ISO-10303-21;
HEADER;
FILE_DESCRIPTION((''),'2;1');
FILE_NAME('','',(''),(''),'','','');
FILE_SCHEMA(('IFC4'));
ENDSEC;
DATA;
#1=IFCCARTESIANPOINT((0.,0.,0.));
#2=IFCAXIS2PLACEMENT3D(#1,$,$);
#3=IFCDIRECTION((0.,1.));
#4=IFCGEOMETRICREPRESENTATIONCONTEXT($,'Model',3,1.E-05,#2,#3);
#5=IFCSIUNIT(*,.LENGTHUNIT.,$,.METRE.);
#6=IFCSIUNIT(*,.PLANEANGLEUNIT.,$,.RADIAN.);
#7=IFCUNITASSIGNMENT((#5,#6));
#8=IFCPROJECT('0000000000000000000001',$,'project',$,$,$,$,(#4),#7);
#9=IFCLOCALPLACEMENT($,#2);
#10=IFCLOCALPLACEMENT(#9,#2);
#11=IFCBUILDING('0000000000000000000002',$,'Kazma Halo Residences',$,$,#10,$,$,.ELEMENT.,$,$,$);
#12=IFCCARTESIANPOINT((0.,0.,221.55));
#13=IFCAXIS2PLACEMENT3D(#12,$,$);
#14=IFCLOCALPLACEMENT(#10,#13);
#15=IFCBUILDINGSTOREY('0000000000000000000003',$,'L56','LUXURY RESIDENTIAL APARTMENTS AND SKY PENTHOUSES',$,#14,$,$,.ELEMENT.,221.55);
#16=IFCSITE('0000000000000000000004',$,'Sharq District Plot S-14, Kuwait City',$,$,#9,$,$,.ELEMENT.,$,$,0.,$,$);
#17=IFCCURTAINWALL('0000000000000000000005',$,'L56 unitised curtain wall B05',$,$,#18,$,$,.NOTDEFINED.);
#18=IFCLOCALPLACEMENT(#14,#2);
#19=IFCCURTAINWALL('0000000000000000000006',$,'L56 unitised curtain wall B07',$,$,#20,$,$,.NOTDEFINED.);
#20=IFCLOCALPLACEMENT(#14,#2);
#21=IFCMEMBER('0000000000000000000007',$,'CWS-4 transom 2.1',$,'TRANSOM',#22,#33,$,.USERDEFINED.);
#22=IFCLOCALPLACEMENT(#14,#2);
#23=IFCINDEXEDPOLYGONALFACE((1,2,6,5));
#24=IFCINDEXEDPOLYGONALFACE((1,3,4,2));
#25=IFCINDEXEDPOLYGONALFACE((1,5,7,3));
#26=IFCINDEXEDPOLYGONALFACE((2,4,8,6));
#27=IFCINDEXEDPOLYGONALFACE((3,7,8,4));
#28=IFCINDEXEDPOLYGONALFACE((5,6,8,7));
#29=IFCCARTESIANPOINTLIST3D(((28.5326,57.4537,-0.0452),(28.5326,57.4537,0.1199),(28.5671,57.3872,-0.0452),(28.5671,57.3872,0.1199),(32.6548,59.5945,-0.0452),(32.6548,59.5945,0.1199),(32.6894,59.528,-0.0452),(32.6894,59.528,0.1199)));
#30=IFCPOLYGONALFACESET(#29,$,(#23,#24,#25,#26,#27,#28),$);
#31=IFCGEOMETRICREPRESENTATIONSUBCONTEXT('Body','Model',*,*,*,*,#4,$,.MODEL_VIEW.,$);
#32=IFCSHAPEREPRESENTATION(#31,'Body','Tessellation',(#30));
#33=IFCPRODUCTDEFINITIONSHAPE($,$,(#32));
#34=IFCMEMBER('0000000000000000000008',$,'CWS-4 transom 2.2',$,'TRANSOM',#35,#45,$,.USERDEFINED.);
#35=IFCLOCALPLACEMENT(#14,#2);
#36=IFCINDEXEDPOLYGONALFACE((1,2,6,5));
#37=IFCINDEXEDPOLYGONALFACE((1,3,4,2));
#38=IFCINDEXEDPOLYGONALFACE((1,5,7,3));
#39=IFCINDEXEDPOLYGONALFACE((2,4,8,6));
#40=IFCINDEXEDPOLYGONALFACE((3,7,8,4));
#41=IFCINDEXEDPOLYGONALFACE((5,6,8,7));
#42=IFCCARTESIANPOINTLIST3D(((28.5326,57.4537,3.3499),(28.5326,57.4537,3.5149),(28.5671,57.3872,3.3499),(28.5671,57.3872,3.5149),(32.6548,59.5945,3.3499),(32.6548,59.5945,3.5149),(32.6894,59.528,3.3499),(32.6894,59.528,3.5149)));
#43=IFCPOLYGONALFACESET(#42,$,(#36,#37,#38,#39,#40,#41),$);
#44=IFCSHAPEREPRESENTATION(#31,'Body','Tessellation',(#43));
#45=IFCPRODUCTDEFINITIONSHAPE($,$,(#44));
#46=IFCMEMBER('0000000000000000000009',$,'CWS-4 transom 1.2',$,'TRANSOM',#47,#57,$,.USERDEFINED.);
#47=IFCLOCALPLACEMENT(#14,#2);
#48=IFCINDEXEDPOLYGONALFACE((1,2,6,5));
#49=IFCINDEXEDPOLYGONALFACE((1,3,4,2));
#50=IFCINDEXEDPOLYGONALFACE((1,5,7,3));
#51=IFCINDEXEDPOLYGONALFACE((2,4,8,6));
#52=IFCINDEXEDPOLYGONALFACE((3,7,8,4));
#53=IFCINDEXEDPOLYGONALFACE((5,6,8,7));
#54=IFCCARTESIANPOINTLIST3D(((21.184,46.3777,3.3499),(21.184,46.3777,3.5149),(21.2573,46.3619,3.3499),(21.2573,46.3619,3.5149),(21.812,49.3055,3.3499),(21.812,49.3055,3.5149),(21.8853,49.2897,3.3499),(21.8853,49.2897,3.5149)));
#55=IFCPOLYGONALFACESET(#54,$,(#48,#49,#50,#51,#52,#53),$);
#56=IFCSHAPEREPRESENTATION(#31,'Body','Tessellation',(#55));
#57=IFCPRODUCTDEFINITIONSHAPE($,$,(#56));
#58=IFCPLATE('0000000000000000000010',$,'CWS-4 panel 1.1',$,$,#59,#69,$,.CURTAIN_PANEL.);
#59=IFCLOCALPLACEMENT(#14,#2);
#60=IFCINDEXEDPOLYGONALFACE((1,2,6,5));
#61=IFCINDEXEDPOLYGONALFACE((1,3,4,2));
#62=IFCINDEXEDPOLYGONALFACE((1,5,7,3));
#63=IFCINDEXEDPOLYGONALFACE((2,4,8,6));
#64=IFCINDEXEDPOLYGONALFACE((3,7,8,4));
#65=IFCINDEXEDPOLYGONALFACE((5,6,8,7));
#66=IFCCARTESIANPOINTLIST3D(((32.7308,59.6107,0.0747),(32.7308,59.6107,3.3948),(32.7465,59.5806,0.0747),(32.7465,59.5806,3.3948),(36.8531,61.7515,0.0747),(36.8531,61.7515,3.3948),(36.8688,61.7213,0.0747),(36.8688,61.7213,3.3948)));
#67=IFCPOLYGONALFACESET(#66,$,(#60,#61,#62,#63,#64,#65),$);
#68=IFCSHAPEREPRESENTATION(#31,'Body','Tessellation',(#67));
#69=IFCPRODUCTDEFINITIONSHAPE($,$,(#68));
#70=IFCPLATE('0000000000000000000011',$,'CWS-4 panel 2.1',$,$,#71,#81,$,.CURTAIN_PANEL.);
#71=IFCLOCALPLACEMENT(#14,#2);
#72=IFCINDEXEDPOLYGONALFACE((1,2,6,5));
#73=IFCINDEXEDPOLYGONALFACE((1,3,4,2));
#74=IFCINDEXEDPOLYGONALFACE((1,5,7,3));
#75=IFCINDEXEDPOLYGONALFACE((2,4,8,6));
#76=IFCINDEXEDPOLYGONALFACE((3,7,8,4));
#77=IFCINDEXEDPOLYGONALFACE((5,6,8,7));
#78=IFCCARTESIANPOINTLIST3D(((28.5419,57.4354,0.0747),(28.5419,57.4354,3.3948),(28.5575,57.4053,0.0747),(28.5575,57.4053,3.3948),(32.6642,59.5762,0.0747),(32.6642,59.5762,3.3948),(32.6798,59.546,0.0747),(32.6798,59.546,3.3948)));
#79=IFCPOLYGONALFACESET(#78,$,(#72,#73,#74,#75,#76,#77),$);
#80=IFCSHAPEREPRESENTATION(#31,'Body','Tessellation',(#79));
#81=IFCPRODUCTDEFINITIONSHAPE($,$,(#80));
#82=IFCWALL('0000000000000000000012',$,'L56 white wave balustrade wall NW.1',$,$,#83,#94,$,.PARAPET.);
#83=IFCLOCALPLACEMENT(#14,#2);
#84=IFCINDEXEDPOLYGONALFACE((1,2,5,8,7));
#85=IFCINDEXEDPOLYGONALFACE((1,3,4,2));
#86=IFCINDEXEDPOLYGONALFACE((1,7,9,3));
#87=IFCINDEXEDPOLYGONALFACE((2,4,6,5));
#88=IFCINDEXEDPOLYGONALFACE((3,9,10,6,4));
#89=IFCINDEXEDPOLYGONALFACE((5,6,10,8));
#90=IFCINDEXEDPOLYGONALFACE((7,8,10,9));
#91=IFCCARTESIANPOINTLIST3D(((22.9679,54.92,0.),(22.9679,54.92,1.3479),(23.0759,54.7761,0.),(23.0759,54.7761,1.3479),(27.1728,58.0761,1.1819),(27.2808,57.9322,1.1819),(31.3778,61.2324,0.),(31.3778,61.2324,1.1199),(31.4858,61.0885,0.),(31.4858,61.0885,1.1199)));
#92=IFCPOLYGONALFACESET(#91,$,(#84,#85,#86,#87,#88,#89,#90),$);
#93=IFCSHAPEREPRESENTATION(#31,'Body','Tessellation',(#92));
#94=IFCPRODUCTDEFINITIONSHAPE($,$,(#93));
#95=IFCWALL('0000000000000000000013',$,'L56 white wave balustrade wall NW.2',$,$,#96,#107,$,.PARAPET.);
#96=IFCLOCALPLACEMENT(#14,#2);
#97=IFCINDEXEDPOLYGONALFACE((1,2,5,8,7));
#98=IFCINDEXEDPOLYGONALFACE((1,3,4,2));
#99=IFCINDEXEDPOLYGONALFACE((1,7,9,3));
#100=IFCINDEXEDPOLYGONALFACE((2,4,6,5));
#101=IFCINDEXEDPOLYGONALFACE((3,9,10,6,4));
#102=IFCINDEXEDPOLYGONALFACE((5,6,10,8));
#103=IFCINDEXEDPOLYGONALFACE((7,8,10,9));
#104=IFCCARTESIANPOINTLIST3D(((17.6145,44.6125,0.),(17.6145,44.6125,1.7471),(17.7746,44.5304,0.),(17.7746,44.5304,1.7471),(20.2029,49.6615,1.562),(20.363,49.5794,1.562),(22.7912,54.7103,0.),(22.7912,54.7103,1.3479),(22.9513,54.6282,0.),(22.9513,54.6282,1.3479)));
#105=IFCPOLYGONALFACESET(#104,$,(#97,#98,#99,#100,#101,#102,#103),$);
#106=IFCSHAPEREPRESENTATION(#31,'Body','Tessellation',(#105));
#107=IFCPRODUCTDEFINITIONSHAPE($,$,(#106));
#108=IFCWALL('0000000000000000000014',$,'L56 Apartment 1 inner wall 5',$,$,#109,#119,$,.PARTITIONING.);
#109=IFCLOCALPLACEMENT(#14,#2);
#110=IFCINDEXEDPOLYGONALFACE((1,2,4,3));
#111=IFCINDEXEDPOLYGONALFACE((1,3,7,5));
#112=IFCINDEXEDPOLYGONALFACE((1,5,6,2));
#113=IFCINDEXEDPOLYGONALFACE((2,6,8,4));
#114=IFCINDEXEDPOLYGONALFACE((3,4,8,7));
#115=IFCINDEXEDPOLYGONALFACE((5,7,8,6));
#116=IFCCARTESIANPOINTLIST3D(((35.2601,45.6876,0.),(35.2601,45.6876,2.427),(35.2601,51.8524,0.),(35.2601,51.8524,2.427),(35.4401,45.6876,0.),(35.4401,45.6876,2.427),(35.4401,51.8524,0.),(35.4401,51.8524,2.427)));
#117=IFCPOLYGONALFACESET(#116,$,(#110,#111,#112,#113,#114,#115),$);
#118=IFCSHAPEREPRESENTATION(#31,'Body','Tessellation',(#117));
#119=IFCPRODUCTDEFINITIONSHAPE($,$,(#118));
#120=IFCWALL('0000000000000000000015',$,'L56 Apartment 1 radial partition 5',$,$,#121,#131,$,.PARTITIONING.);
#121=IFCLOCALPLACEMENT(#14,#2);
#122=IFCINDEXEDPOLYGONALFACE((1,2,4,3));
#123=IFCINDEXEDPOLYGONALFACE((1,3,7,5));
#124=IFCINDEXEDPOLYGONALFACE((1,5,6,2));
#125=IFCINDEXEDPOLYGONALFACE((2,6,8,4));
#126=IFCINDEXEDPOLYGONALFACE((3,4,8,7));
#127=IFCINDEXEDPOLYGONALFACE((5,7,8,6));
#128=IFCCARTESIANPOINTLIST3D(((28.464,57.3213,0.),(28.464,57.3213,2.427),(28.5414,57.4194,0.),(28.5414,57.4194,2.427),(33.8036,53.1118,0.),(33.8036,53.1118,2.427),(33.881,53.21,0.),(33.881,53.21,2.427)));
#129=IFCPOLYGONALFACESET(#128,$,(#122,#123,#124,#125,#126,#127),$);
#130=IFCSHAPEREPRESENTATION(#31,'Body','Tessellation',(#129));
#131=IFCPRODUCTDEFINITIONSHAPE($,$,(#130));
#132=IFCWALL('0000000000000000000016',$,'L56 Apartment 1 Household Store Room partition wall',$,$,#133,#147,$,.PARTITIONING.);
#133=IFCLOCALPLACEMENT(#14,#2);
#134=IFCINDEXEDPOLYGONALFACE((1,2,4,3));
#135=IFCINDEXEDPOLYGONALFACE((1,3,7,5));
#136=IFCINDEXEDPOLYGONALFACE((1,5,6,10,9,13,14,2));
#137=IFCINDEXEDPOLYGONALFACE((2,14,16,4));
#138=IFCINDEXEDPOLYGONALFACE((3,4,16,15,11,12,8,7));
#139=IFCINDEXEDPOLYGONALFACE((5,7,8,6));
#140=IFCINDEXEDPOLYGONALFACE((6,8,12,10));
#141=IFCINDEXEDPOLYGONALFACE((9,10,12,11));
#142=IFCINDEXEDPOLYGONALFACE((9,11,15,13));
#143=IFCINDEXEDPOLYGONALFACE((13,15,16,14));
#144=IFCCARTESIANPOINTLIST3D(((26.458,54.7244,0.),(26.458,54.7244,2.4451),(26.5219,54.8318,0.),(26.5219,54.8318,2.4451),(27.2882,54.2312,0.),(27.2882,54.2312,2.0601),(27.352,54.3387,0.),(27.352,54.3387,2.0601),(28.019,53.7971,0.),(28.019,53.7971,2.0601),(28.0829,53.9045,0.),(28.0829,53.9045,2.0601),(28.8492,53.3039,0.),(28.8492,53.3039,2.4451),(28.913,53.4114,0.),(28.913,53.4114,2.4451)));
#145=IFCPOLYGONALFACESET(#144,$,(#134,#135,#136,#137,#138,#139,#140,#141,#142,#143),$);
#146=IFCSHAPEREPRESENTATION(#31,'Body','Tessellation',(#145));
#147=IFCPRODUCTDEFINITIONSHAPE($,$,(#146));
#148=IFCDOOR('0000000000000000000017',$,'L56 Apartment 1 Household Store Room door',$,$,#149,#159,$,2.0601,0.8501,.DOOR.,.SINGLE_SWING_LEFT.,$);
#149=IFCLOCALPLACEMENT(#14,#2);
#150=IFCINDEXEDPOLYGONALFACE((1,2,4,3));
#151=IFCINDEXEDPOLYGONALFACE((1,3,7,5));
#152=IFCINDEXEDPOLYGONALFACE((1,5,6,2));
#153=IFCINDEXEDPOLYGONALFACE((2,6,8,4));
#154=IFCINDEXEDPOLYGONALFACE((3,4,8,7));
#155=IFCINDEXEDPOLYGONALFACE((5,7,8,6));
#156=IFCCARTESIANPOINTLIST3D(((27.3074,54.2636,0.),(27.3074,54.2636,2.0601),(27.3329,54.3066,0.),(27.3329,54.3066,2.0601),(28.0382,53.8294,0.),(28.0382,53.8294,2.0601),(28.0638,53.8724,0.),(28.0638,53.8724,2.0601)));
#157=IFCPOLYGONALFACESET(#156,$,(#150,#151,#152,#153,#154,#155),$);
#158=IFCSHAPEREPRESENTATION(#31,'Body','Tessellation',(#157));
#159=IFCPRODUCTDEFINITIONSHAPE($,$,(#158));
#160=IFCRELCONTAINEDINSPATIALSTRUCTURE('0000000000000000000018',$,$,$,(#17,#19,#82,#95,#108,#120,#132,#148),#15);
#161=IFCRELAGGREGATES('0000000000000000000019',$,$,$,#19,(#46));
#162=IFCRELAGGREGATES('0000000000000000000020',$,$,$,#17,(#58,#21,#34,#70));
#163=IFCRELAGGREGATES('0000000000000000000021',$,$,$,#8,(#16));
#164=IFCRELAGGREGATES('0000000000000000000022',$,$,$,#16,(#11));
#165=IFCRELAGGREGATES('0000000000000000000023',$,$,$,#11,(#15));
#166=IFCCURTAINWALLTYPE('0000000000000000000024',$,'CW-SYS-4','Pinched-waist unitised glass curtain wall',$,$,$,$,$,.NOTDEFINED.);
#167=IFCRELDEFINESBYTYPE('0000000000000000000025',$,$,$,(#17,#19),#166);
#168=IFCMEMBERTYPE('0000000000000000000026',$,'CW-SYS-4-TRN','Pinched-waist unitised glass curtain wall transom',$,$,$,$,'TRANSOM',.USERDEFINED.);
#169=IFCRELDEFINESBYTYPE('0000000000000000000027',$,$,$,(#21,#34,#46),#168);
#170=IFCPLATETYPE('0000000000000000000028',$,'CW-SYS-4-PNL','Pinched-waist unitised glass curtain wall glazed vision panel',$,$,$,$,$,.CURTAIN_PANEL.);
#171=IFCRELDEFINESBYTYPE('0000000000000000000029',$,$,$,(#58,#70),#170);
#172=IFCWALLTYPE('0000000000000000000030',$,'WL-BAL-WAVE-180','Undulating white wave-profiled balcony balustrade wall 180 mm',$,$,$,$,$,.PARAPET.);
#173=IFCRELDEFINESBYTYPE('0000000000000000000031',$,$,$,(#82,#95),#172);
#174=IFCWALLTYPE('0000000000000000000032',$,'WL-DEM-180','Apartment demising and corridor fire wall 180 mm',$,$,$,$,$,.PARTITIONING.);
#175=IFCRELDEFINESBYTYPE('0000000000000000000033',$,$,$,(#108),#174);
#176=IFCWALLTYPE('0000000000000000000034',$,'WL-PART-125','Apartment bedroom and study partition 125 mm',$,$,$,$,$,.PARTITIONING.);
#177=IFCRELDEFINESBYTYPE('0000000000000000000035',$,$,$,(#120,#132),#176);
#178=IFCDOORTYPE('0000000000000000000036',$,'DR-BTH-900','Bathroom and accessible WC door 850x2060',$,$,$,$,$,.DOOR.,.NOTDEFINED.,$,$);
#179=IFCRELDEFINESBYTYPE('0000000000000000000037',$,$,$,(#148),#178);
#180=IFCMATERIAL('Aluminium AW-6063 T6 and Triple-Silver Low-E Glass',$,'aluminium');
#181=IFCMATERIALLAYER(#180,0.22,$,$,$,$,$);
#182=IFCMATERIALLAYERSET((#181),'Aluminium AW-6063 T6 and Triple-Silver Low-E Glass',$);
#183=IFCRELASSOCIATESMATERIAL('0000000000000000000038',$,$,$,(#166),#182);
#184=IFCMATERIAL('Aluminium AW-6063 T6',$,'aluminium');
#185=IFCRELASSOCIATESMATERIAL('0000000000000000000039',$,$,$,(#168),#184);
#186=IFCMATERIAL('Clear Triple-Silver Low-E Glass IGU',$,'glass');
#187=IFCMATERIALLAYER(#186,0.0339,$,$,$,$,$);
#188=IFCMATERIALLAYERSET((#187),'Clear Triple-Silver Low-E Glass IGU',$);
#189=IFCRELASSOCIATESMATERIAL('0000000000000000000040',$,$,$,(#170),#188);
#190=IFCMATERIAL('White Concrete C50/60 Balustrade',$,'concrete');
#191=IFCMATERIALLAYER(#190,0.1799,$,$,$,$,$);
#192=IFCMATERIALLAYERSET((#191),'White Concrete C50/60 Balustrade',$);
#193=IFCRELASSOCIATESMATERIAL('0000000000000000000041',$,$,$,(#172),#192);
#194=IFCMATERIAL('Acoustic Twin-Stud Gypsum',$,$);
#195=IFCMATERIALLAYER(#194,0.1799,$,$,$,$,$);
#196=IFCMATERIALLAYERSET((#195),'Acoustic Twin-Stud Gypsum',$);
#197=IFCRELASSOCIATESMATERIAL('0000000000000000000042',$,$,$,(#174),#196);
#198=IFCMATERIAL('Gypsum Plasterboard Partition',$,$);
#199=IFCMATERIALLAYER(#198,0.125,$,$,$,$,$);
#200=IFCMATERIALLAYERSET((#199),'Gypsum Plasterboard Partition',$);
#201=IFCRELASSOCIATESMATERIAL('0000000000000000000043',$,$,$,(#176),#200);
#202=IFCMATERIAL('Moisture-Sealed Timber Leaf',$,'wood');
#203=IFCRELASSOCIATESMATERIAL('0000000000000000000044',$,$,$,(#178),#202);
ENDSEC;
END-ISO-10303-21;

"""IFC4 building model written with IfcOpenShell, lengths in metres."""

from ifc_helpers import new_model, si_unit, direction, frame, frame_2d, origin, origin_2d, place, context, subcontext, project, spatial, polyline, rectangle, outline, extrude, material, layer, layer_set, material_profile, profile_set, type_object, element, fill, aggregate, save


model = new_model("IFC4")

# Units and contexts
model_context = context("Model", 3, precision=1e-05, world=origin(), true_north=direction((0.0, 1.0)))
body_context = subcontext(model_context, "Body", "Model", "MODEL_VIEW")
ifc_project = project(units=[si_unit("LENGTHUNIT", "METRE"), si_unit("PLANEANGLEUNIT", "RADIAN")], contexts=[model_context])

# Site, building, storey
site_placement = place(None, origin())
site = spatial("IfcSite", under=ifc_project, at=site_placement, Name="Sharq District Plot S-14, Kuwait City", CompositionType="ELEMENT", RefElevation=0.0)
building_placement = place(site_placement, origin())
building = spatial("IfcBuilding", under=site, at=building_placement, Name="Kazma Halo Residences", CompositionType="ELEMENT")
storey_placement = place(building_placement, frame((0.0, 0.0, 221.55)))
storey = spatial("IfcBuildingStorey", under=building, at=storey_placement, Name="L56", Description="LUXURY RESIDENTIAL APARTMENTS AND SKY PENTHOUSES", CompositionType="ELEMENT", Elevation=221.55)

# Curtain wall
ifc_material_1 = material(Name="Aluminium AW-6063 T6 and Triple-Silver Low-E Glass", Category="aluminium")
ifc_layer_1 = layer(ifc_material_1, 0.22)
ifc_layer_set_1 = layer_set([ifc_layer_1], Name="Aluminium AW-6063 T6 and Triple-Silver Low-E Glass")
curtain_wall_type = type_object("IfcCurtainWallType", Name="CW-SYS-4", Description="Pinched-waist unitised glass curtain wall", PredefinedType="NOTDEFINED", material=ifc_layer_set_1)
curtain_wall_1_placement = place(storey_placement, origin())
curtain_wall_1 = element("IfcCurtainWall", 1, at=curtain_wall_1_placement, inside=storey, type_object=curtain_wall_type, Name="L56 unitised curtain wall B05", PredefinedType="NOTDEFINED")
ifc_material_2 = material(Name="Aluminium AW-6063 T6", Category="aluminium")

# Curtain wall
curtain_wall_2_placement = place(storey_placement, origin())
curtain_wall_2 = element("IfcCurtainWall", 2, at=curtain_wall_2_placement, inside=storey, type_object=curtain_wall_type, Name="L56 unitised curtain wall B07", PredefinedType="NOTDEFINED")

# Members
ifc_material_profile_1 = material_profile(ifc_material_2, rectangle(XDim=0.075, YDim=0.165, at=origin_2d()), Name="CWT-75x165")
ifc_profile_set_1 = profile_set([ifc_material_profile_1], Name="Aluminium AW-6063 T6")
member_type_1 = type_object("IfcMemberType", Name="CW-SYS-4-TRN", Description="Pinched-waist unitised glass curtain wall transom", ElementType="TRANSOM", PredefinedType="USERDEFINED", material=ifc_profile_set_1)
member_1_placement = place(storey_placement, frame((32.6721, 59.5613, 0.0374), z_axis=(-0.887458, -0.460889, 0.0), x_axis=(0.460889, -0.887458, 0.0)))
member_1 = element("IfcMember", 3, at=member_1_placement, type_object=member_type_1, Name="CWS-4 transom 2.1", ObjectType="TRANSOM", PredefinedType="USERDEFINED", context=body_context, shape_type="SweptSolid", body=[
    extrude(rectangle(XDim=0.075, YDim=0.165, at=origin_2d()), origin(), (0.0, 0.0, 1.0), 4.645),
])
member_2_placement = place(storey_placement, frame((32.6721, 59.5613, 3.4324), z_axis=(-0.887458, -0.460889, 0.0), x_axis=(0.460889, -0.887458, 0.0)))
member_2 = element("IfcMember", 4, at=member_2_placement, type_object=member_type_1, Name="CWS-4 transom 2.2", ObjectType="TRANSOM", PredefinedType="USERDEFINED", context=body_context, shape_type="SweptSolid", body=[
    extrude(rectangle(XDim=0.075, YDim=0.165, at=origin_2d()), origin(), (0.0, 0.0, 1.0), 4.645),
])
member_3_placement = place(storey_placement, frame((21.8486, 49.2976, 3.4324), z_axis=(-0.209707, -0.977764, 0.0), x_axis=(0.977764, -0.209707, 0.0)))
member_3 = element("IfcMember", 5, at=member_3_placement, type_object=member_type_1, Name="CWS-4 transom 1.2", ObjectType="TRANSOM", PredefinedType="USERDEFINED", context=body_context, shape_type="SweptSolid", body=[
    extrude(rectangle(XDim=0.075, YDim=0.165, at=origin_2d()), origin(), (0.0, 0.0, 1.0), 2.9944),
])
aggregate(curtain_wall_2, [member_3])

# Plates
ifc_material_3 = material(Name="Clear Triple-Silver Low-E Glass IGU", Category="glass")
ifc_layer_2 = layer(ifc_material_3, 0.0339)
ifc_layer_set_2 = layer_set([ifc_layer_2], Name="Clear Triple-Silver Low-E Glass IGU")
plate_type = type_object("IfcPlateType", Name="CW-SYS-4-PNL", Description="Pinched-waist unitised glass curtain wall glazed vision panel", PredefinedType="CURTAIN_PANEL", material=ifc_layer_set_2)
plate_1_placement = place(storey_placement, frame((34.7998, 60.666, 0.0747), z_axis=(0.0, 0.0, 1.0), x_axis=(-0.887466, -0.460874, 0.0)))
plate_1 = element("IfcPlate", 6, at=plate_1_placement, type_object=plate_type, Name="CWS-4 panel 1.1", PredefinedType="CURTAIN_PANEL", context=body_context, shape_type="SweptSolid", body=[
    extrude(rectangle(XDim=4.645, YDim=0.0339, at=origin_2d()), origin(), (0.0, 0.0, 1.0), 3.3201),
])
plate_2_placement = place(storey_placement, frame((30.6108, 58.4907, 0.0747), z_axis=(0.0, 0.0, 1.0), x_axis=(-0.887466, -0.460874, 0.0)))
plate_2 = element("IfcPlate", 7, at=plate_2_placement, type_object=plate_type, Name="CWS-4 panel 2.1", PredefinedType="CURTAIN_PANEL", context=body_context, shape_type="SweptSolid", body=[
    extrude(rectangle(XDim=4.645, YDim=0.0339, at=origin_2d()), origin(), (0.0, 0.0, 1.0), 3.3201),
])
aggregate(curtain_wall_1, [plate_1, member_1, member_2, plate_2])

# Walls
ifc_material_4 = material(Name="White Concrete C50/60 Balustrade", Category="concrete")
ifc_layer_3 = layer(ifc_material_4, 0.1799)
ifc_layer_set_3 = layer_set([ifc_layer_3], Name="White Concrete C50/60 Balustrade")
wall_type_1 = type_object("IfcWallType", Name="WL-BAL-WAVE-180", Description="Undulating white wave-profiled balcony balustrade wall 180 mm", PredefinedType="PARAPET", material=ifc_layer_set_3)
wall_1_placement = place(storey_placement, frame((31.4319, 61.1604, 0.0), z_axis=(0.0, 0.0, 1.0), x_axis=(-0.799769, -0.600308, 0.0)))
element("IfcWall", 8, at=wall_1_placement, inside=storey, type_object=wall_type_1, Name="L56 white wave balustrade wall NW.1", PredefinedType="PARAPET", context=body_context, shape_type="SweptSolid", body=[
    extrude(outline(polyline([(0.0, 0.0), (10.5154, 0.0), (10.5154, 1.3479), (5.2578, 1.1819), (0.0, 1.1199), (0.0, 0.0)])), frame((0.0, 0.0898, 0.0), z_axis=(0.0, -1.0, 0.0), x_axis=(1.0, 0.0, 0.0)), (0.0, 0.0, 1.0), 0.1799),
])
wall_2_placement = place(storey_placement, frame((22.8713, 54.6692, 0.0), z_axis=(0.0, 0.0, 1.0), x_axis=(-0.456201, -0.889877, 0.0)))
element("IfcWall", 9, at=wall_2_placement, inside=storey, type_object=wall_type_1, Name="L56 white wave balustrade wall NW.2", PredefinedType="PARAPET", context=body_context, shape_type="SweptSolid", body=[
    extrude(outline(polyline([(0.0, 0.0), (11.3474, 0.0), (11.3474, 1.7471), (5.6736, 1.562), (0.0, 1.3479), (0.0, 0.0)])), frame((0.0, 0.0898, 0.0), z_axis=(0.0, -1.0, 0.0), x_axis=(1.0, 0.0, 0.0)), (0.0, 0.0, 1.0), 0.1799),
])
ifc_material_5 = material(Name="Acoustic Twin-Stud Gypsum")
ifc_layer_4 = layer(ifc_material_5, 0.1799)
ifc_layer_set_4 = layer_set([ifc_layer_4], Name="Acoustic Twin-Stud Gypsum")
wall_type_2 = type_object("IfcWallType", Name="WL-DEM-180", Description="Apartment demising and corridor fire wall 180 mm", PredefinedType="PARTITIONING", material=ifc_layer_set_4)
wall_3_placement = place(storey_placement, frame((35.3501, 51.8525, 0.0), z_axis=(0.0, 0.0, 1.0), x_axis=(0.0, -1.0, 0.0)))
element("IfcWall", 10, at=wall_3_placement, inside=storey, type_object=wall_type_2, Name="L56 Apartment 1 inner wall 5", PredefinedType="PARTITIONING", context=body_context, shape_type="SweptSolid", body=[
    extrude(rectangle(XDim=6.1648, YDim=0.1799, at=frame_2d((3.0825, 0.0))), origin(), (0.0, 0.0, 1.0), 2.427),
])

# Wall
ifc_material_6 = material(Name="Gypsum Plasterboard Partition")
ifc_layer_5 = layer(ifc_material_6, 0.125)
ifc_layer_set_5 = layer_set([ifc_layer_5], Name="Gypsum Plasterboard Partition")
wall_type_3 = type_object("IfcWallType", Name="WL-PART-125", Description="Apartment bedroom and study partition 125 mm", PredefinedType="PARTITIONING", material=ifc_layer_set_5)
wall_4_placement = place(storey_placement, frame((33.8423, 53.1609, 0.0), z_axis=(0.0, 0.0, 1.0), x_axis=(-0.785312, 0.6191, 0.0)))
element("IfcWall", 11, at=wall_4_placement, inside=storey, type_object=wall_type_3, Name="L56 Apartment 1 radial partition 5", PredefinedType="PARTITIONING", context=body_context, shape_type="SweptSolid", body=[
    extrude(rectangle(XDim=6.7993, YDim=0.125, at=frame_2d((3.3997, 0.0))), origin(), (0.0, 0.0, 1.0), 2.427),
])

# Wall, opening, door
wall_5_placement = place(storey_placement, frame((28.8811, 53.3577, 0.0), z_axis=(0.0, 0.0, 1.0), x_axis=(-0.859746, 0.510721, 0.0)))
wall_5 = element("IfcWall", 12, at=wall_5_placement, inside=storey, type_object=wall_type_3, Name="L56 Apartment 1 Household Store Room partition wall", PredefinedType="PARTITIONING", context=body_context, shape_type="SweptSolid", body=[
    extrude(rectangle(XDim=2.7812, YDim=0.125, at=frame_2d((1.3906, 0.0))), origin(), (0.0, 0.0, 1.0), 2.4451),
])
opening_1_placement = place(wall_5_placement, frame((0.9656, 0.0, 0.0)))
opening_1 = element("IfcOpeningElement", 13, at=opening_1_placement, cuts=wall_5, PredefinedType="OPENING", context=body_context, shape_type="SweptSolid", body=[
    extrude(rectangle(XDim=0.8501, YDim=2.0601, at=frame_2d((0.425, 1.03))), frame((0.0, 0.0725, 0.0), z_axis=(0.0, -1.0, 0.0), x_axis=(1.0, 0.0, 0.0)), (0.0, 0.0, 1.0), 0.145),
])
ifc_material_7 = material(Name="Moisture-Sealed Timber Leaf", Category="wood")
door_type_1 = type_object("IfcDoorType", Name="DR-BTH-900", Description="Bathroom and accessible WC door 850x2060", OperationType="NOTDEFINED", PredefinedType="DOOR", material=ifc_material_7)
door_1_placement = place(opening_1_placement, origin())
door_1 = element("IfcDoor", 14, at=door_1_placement, inside=storey, type_object=door_type_1, Name="L56 Apartment 1 Household Store Room door", OperationType="SINGLE_SWING_LEFT", OverallHeight=2.0601, OverallWidth=0.8501, PredefinedType="DOOR", context=body_context, shape_type="SweptSolid", body=[
    extrude(rectangle(XDim=0.8501, YDim=2.0601, at=frame_2d((0.425, 1.03))), frame((0.0, 0.0249, 0.0), z_axis=(0.0, -1.0, 0.0), x_axis=(1.0, 0.0, 0.0)), (0.0, 0.0, 1.0), 0.05),
])
fill(opening_1, door_1)

save(model, "model.ifc")
